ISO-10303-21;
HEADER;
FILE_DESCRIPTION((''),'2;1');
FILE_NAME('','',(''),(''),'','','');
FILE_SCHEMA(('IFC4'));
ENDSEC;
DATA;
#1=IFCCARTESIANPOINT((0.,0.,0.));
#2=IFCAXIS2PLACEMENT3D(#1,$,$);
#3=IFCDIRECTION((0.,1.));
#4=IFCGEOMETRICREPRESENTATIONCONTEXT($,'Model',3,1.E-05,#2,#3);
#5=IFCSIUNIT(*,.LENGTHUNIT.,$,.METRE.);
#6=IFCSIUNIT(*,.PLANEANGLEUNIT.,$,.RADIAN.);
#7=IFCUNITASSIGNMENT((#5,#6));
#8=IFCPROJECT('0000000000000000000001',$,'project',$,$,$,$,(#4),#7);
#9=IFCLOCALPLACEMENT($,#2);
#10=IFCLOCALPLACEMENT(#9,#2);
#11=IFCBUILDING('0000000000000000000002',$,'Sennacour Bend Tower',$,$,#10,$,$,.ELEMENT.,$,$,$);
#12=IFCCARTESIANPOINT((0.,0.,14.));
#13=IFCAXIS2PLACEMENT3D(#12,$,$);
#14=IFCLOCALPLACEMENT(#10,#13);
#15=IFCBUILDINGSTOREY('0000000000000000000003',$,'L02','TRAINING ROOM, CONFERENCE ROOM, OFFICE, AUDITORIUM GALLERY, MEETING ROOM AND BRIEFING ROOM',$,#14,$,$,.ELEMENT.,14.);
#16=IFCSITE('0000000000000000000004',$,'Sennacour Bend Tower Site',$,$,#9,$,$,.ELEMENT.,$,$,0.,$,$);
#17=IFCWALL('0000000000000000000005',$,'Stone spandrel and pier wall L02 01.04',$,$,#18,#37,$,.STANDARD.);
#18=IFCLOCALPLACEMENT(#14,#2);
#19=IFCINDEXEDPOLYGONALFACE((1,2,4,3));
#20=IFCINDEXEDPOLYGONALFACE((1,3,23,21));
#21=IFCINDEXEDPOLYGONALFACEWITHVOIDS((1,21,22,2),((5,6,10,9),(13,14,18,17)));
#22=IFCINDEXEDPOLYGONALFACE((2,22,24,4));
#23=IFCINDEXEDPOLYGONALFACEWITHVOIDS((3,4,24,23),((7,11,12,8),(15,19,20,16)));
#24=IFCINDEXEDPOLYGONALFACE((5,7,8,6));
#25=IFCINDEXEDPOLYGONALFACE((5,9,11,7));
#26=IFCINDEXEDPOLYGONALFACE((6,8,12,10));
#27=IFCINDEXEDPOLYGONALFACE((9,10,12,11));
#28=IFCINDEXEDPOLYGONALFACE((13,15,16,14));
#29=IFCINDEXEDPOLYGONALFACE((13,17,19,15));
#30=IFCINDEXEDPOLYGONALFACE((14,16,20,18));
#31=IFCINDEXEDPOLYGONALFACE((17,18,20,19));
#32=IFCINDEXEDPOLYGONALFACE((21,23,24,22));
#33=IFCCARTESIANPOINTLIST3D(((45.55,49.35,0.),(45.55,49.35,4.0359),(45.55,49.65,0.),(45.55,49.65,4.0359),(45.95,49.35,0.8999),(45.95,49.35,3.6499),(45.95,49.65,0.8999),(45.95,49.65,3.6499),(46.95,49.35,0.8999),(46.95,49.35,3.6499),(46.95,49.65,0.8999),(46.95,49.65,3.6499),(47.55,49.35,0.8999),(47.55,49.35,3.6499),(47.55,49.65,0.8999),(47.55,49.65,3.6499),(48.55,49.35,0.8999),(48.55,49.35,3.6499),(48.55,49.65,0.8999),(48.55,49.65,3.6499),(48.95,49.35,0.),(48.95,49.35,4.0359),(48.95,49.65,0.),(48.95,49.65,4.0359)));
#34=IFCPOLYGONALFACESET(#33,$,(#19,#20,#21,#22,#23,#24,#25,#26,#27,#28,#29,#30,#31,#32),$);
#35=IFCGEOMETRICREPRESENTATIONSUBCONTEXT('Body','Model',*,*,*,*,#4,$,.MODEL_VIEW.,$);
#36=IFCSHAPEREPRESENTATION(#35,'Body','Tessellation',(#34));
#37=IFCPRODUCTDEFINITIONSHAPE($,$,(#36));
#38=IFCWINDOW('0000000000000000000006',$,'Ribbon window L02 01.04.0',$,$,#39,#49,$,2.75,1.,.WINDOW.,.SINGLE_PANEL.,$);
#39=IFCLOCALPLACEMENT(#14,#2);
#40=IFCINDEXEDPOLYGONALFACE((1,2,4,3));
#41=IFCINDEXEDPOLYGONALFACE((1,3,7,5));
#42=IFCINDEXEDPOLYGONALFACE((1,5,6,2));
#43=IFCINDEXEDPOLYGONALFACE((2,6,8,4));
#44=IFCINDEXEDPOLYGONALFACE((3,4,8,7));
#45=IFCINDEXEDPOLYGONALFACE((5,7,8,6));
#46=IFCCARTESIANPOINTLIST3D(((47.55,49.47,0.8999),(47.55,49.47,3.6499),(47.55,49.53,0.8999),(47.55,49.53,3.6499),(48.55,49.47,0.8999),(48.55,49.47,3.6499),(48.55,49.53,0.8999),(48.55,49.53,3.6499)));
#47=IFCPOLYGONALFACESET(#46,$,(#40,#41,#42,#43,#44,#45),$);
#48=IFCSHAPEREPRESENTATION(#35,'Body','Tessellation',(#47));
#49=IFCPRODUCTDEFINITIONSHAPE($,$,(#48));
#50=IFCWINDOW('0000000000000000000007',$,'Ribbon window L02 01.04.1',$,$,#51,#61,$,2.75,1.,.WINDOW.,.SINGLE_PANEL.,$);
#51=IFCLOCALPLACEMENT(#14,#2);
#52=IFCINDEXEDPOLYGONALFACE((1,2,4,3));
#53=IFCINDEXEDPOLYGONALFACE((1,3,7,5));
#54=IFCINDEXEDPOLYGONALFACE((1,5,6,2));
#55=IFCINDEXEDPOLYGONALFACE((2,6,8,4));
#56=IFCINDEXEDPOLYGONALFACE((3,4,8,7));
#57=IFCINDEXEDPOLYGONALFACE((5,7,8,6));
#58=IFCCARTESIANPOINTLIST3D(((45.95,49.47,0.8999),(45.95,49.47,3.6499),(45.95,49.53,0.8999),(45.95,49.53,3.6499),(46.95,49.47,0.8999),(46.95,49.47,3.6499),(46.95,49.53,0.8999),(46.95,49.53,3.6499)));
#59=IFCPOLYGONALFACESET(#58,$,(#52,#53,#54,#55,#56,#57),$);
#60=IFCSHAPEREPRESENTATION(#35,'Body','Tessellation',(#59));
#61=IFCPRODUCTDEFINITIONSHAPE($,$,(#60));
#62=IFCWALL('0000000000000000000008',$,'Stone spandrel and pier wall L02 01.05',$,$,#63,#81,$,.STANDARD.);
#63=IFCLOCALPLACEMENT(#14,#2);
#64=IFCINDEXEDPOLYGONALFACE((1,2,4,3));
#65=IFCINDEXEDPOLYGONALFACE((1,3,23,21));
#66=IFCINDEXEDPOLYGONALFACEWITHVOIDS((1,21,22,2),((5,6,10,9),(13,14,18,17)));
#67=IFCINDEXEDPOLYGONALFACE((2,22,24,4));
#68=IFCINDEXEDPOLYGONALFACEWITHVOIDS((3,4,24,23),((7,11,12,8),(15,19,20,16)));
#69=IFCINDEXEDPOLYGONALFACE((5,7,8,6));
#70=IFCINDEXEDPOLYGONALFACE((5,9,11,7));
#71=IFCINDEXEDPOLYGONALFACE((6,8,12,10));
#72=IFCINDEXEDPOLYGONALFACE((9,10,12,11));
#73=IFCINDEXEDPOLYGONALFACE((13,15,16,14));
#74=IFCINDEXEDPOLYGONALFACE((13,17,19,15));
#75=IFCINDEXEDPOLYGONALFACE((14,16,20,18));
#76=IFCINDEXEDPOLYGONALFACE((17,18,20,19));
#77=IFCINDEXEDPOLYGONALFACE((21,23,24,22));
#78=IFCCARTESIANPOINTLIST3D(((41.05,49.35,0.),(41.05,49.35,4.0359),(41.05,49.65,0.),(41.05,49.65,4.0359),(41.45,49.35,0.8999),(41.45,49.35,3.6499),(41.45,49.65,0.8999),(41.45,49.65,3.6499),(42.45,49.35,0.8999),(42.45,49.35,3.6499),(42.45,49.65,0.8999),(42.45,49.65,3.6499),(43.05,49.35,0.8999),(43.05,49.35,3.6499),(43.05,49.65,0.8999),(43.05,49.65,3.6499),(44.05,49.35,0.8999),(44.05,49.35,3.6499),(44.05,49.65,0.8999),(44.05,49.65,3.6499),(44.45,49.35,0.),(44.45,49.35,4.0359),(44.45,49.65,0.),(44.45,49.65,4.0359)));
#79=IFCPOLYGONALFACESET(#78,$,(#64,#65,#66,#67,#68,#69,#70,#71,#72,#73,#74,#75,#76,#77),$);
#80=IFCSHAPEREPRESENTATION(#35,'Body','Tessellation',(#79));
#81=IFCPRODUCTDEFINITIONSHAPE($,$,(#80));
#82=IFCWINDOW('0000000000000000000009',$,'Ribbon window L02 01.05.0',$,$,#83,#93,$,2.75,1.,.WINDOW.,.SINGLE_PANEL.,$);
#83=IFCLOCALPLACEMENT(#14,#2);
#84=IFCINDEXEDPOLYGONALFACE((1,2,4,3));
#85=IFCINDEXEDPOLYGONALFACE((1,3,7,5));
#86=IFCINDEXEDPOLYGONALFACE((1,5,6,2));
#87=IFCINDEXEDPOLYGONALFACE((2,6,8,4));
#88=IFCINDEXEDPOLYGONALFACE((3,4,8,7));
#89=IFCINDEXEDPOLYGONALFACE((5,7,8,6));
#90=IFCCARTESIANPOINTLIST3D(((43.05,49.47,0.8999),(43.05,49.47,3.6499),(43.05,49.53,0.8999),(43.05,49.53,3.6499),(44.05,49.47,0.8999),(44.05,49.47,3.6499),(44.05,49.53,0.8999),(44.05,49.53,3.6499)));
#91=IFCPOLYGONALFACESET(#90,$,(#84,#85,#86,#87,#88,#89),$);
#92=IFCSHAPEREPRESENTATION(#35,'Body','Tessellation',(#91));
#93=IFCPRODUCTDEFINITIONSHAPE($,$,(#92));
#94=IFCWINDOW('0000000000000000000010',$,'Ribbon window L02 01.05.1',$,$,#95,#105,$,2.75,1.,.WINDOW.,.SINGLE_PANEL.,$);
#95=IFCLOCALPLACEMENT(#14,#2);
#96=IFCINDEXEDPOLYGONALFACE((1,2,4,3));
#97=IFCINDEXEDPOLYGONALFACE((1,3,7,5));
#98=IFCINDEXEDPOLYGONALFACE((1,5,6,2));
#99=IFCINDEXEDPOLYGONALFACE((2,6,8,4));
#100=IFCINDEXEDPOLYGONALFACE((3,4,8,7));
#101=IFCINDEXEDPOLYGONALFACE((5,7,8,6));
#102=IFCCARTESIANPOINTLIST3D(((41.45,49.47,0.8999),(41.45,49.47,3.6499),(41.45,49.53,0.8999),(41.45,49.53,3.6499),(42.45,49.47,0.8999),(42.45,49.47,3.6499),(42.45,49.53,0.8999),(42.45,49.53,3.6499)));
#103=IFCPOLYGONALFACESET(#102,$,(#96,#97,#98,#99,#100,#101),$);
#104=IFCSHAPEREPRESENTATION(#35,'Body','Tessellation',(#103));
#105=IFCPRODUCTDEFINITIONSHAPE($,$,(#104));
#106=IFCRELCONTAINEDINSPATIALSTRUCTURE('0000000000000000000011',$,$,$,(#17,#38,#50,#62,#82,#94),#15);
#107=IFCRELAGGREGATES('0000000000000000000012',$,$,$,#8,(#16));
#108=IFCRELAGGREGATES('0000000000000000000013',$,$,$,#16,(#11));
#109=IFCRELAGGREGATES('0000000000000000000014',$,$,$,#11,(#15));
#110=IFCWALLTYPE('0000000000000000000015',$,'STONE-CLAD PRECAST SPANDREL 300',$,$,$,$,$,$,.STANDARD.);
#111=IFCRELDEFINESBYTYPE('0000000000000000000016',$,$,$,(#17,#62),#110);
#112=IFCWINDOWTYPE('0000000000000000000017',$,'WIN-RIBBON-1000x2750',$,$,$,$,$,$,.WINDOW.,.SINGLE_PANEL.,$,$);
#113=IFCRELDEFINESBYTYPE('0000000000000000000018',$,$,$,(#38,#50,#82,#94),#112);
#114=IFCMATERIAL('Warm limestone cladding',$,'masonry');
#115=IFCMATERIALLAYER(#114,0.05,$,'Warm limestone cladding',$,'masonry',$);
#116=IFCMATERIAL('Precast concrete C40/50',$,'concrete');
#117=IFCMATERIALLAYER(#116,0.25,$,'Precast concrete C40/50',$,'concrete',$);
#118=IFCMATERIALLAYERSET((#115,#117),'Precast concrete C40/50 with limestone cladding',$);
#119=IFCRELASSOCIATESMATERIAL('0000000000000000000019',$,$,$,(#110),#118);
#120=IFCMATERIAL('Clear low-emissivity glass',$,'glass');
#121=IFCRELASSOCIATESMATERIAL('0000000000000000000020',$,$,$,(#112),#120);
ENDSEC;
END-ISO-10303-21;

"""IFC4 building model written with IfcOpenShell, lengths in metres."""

from ifc_helpers import new_model, si_unit, direction, frame, frame_2d, origin, place, context, subcontext, project, spatial, rectangle, extrude, material, layer, layer_set, type_object, element, fill, save


model = new_model("IFC4")

# Units and contexts
model_context = context("Model", 3, precision=1e-05, world=origin(), true_north=direction((0.0, 1.0)))
body_context = subcontext(model_context, "Body", "Model", "MODEL_VIEW")
ifc_project = project(units=[si_unit("LENGTHUNIT", "METRE"), si_unit("PLANEANGLEUNIT", "RADIAN")], contexts=[model_context])

# Site, building, storey
site_placement = place(None, origin())
site = spatial("IfcSite", under=ifc_project, at=site_placement, Name="Sennacour Bend Tower Site", CompositionType="ELEMENT", RefElevation=0.0)
building_placement = place(site_placement, origin())
building = spatial("IfcBuilding", under=site, at=building_placement, Name="Sennacour Bend Tower", CompositionType="ELEMENT")
storey_placement = place(building_placement, frame((0.0, 0.0, 14.0)))
storey = spatial("IfcBuildingStorey", under=building, at=storey_placement, Name="L02", Description="TRAINING ROOM, CONFERENCE ROOM, OFFICE, AUDITORIUM GALLERY, MEETING ROOM AND BRIEFING ROOM", CompositionType="ELEMENT", Elevation=14.0)

# Shared definitions
ifc_material_1 = material(Name="Clear low-emissivity glass", Category="glass")

# Walls, openings, windows
ifc_material_2 = material(Name="Warm limestone cladding", Category="masonry")
ifc_layer_1 = layer(ifc_material_2, 0.05, Name="Warm limestone cladding", Category="masonry")
ifc_material_3 = material(Name="Precast concrete C40/50", Category="concrete")
ifc_layer_2 = layer(ifc_material_3, 0.25, Name="Precast concrete C40/50", Category="concrete")
ifc_layer_set_1 = layer_set([ifc_layer_1, ifc_layer_2], Name="Precast concrete C40/50 with limestone cladding")
wall_type_1 = type_object("IfcWallType", Name="STONE-CLAD PRECAST SPANDREL 300", PredefinedType="STANDARD", material=ifc_layer_set_1)
window_type = type_object("IfcWindowType", Name="WIN-RIBBON-1000x2750", PartitioningType="SINGLE_PANEL", PredefinedType="WINDOW", material=ifc_material_1)
wall_1_placement = place(storey_placement, frame((48.95, 49.5, 0.0), z_axis=(0.0, 0.0, 1.0), x_axis=(-1.0, 0.0, 0.0)))
wall_1 = element("IfcWall", 1, at=wall_1_placement, inside=storey, type_object=wall_type_1, Name="Stone spandrel and pier wall L02 01.04", PredefinedType="STANDARD", context=body_context, shape_type="SweptSolid", body=[
    extrude(rectangle(XDim=3.3999, YDim=0.3, at=frame_2d((1.7, 0.0))), origin(), (0.0, 0.0, 1.0), 4.0359),
])
opening_1_placement = place(wall_1_placement, frame((0.3999, 0.0, 0.8999)))
opening_1 = element("IfcOpeningElement", 2, at=opening_1_placement, cuts=wall_1, PredefinedType="OPENING", context=body_context, shape_type="SweptSolid", body=[
    extrude(rectangle(XDim=1.0, YDim=2.75, at=frame_2d((0.5, 1.375))), frame((0.0, 0.1602, 0.0), z_axis=(0.0, -1.0, 0.0), x_axis=(1.0, 0.0, 0.0)), (0.0, 0.0, 1.0), 0.3201),
])
opening_2_placement = place(wall_1_placement, frame((2.0, 0.0, 0.8999)))
opening_2 = element("IfcOpeningElement", 3, at=opening_2_placement, cuts=wall_1, PredefinedType="OPENING", context=body_context, shape_type="SweptSolid", body=[
    extrude(rectangle(XDim=1.0, YDim=2.75, at=frame_2d((0.5, 1.375))), frame((0.0, 0.1602, 0.0), z_axis=(0.0, -1.0, 0.0), x_axis=(1.0, 0.0, 0.0)), (0.0, 0.0, 1.0), 0.3201),
])
window_1_placement = place(opening_1_placement, origin())
window_1 = element("IfcWindow", 4, at=window_1_placement, inside=storey, type_object=window_type, Name="Ribbon window L02 01.04.0", OverallHeight=2.75, OverallWidth=1.0, PartitioningType="SINGLE_PANEL", PredefinedType="WINDOW", context=body_context, shape_type="SweptSolid", body=[
    extrude(rectangle(XDim=1.0, YDim=2.75, at=frame_2d((0.5, 1.375))), frame((0.0, 0.03, 0.0), z_axis=(0.0, -1.0, 0.0), x_axis=(1.0, 0.0, 0.0)), (0.0, 0.0, 1.0), 0.0601),
])
fill(opening_1, window_1)
window_2_placement = place(opening_2_placement, origin())
window_2 = element("IfcWindow", 5, at=window_2_placement, inside=storey, type_object=window_type, Name="Ribbon window L02 01.04.1", OverallHeight=2.75, OverallWidth=1.0, PartitioningType="SINGLE_PANEL", PredefinedType="WINDOW", context=body_context, shape_type="SweptSolid", body=[
    extrude(rectangle(XDim=1.0, YDim=2.75, at=frame_2d((0.5, 1.375))), frame((0.0, 0.03, 0.0), z_axis=(0.0, -1.0, 0.0), x_axis=(1.0, 0.0, 0.0)), (0.0, 0.0, 1.0), 0.0601),
])
fill(opening_2, window_2)
wall_2_placement = place(storey_placement, frame((44.45, 49.5, 0.0), z_axis=(0.0, 0.0, 1.0), x_axis=(-1.0, 0.0, 0.0)))
wall_2 = element("IfcWall", 6, at=wall_2_placement, inside=storey, type_object=wall_type_1, Name="Stone spandrel and pier wall L02 01.05", PredefinedType="STANDARD", context=body_context, shape_type="SweptSolid", body=[
    extrude(rectangle(XDim=3.3999, YDim=0.3, at=frame_2d((1.7, 0.0))), origin(), (0.0, 0.0, 1.0), 4.0359),
])
opening_3_placement = place(wall_2_placement, frame((0.3999, 0.0, 0.8999)))
opening_3 = element("IfcOpeningElement", 7, at=opening_3_placement, cuts=wall_2, PredefinedType="OPENING", context=body_context, shape_type="SweptSolid", body=[
    extrude(rectangle(XDim=1.0, YDim=2.75, at=frame_2d((0.5, 1.375))), frame((0.0, 0.1602, 0.0), z_axis=(0.0, -1.0, 0.0), x_axis=(1.0, 0.0, 0.0)), (0.0, 0.0, 1.0), 0.3201),
])
opening_4_placement = place(wall_2_placement, frame((2.0, 0.0, 0.8999)))
opening_4 = element("IfcOpeningElement", 8, at=opening_4_placement, cuts=wall_2, PredefinedType="OPENING", context=body_context, shape_type="SweptSolid", body=[
    extrude(rectangle(XDim=1.0, YDim=2.75, at=frame_2d((0.5, 1.375))), frame((0.0, 0.1602, 0.0), z_axis=(0.0, -1.0, 0.0), x_axis=(1.0, 0.0, 0.0)), (0.0, 0.0, 1.0), 0.3201),
])
window_3_placement = place(opening_3_placement, origin())
window_3 = element("IfcWindow", 9, at=window_3_placement, inside=storey, type_object=window_type, Name="Ribbon window L02 01.05.0", OverallHeight=2.75, OverallWidth=1.0, PartitioningType="SINGLE_PANEL", PredefinedType="WINDOW", context=body_context, shape_type="SweptSolid", body=[
    extrude(rectangle(XDim=1.0, YDim=2.75, at=frame_2d((0.5, 1.375))), frame((0.0, 0.03, 0.0), z_axis=(0.0, -1.0, 0.0), x_axis=(1.0, 0.0, 0.0)), (0.0, 0.0, 1.0), 0.0601),
])
fill(opening_3, window_3)
window_4_placement = place(opening_4_placement, origin())
window_4 = element("IfcWindow", 10, at=window_4_placement, inside=storey, type_object=window_type, Name="Ribbon window L02 01.05.1", OverallHeight=2.75, OverallWidth=1.0, PartitioningType="SINGLE_PANEL", PredefinedType="WINDOW", context=body_context, shape_type="SweptSolid", body=[
    extrude(rectangle(XDim=1.0, YDim=2.75, at=frame_2d((0.5, 1.375))), frame((0.0, 0.03, 0.0), z_axis=(0.0, -1.0, 0.0), x_axis=(1.0, 0.0, 0.0)), (0.0, 0.0, 1.0), 0.0601),
])
fill(opening_4, window_4)

save(model, "model.ifc")
